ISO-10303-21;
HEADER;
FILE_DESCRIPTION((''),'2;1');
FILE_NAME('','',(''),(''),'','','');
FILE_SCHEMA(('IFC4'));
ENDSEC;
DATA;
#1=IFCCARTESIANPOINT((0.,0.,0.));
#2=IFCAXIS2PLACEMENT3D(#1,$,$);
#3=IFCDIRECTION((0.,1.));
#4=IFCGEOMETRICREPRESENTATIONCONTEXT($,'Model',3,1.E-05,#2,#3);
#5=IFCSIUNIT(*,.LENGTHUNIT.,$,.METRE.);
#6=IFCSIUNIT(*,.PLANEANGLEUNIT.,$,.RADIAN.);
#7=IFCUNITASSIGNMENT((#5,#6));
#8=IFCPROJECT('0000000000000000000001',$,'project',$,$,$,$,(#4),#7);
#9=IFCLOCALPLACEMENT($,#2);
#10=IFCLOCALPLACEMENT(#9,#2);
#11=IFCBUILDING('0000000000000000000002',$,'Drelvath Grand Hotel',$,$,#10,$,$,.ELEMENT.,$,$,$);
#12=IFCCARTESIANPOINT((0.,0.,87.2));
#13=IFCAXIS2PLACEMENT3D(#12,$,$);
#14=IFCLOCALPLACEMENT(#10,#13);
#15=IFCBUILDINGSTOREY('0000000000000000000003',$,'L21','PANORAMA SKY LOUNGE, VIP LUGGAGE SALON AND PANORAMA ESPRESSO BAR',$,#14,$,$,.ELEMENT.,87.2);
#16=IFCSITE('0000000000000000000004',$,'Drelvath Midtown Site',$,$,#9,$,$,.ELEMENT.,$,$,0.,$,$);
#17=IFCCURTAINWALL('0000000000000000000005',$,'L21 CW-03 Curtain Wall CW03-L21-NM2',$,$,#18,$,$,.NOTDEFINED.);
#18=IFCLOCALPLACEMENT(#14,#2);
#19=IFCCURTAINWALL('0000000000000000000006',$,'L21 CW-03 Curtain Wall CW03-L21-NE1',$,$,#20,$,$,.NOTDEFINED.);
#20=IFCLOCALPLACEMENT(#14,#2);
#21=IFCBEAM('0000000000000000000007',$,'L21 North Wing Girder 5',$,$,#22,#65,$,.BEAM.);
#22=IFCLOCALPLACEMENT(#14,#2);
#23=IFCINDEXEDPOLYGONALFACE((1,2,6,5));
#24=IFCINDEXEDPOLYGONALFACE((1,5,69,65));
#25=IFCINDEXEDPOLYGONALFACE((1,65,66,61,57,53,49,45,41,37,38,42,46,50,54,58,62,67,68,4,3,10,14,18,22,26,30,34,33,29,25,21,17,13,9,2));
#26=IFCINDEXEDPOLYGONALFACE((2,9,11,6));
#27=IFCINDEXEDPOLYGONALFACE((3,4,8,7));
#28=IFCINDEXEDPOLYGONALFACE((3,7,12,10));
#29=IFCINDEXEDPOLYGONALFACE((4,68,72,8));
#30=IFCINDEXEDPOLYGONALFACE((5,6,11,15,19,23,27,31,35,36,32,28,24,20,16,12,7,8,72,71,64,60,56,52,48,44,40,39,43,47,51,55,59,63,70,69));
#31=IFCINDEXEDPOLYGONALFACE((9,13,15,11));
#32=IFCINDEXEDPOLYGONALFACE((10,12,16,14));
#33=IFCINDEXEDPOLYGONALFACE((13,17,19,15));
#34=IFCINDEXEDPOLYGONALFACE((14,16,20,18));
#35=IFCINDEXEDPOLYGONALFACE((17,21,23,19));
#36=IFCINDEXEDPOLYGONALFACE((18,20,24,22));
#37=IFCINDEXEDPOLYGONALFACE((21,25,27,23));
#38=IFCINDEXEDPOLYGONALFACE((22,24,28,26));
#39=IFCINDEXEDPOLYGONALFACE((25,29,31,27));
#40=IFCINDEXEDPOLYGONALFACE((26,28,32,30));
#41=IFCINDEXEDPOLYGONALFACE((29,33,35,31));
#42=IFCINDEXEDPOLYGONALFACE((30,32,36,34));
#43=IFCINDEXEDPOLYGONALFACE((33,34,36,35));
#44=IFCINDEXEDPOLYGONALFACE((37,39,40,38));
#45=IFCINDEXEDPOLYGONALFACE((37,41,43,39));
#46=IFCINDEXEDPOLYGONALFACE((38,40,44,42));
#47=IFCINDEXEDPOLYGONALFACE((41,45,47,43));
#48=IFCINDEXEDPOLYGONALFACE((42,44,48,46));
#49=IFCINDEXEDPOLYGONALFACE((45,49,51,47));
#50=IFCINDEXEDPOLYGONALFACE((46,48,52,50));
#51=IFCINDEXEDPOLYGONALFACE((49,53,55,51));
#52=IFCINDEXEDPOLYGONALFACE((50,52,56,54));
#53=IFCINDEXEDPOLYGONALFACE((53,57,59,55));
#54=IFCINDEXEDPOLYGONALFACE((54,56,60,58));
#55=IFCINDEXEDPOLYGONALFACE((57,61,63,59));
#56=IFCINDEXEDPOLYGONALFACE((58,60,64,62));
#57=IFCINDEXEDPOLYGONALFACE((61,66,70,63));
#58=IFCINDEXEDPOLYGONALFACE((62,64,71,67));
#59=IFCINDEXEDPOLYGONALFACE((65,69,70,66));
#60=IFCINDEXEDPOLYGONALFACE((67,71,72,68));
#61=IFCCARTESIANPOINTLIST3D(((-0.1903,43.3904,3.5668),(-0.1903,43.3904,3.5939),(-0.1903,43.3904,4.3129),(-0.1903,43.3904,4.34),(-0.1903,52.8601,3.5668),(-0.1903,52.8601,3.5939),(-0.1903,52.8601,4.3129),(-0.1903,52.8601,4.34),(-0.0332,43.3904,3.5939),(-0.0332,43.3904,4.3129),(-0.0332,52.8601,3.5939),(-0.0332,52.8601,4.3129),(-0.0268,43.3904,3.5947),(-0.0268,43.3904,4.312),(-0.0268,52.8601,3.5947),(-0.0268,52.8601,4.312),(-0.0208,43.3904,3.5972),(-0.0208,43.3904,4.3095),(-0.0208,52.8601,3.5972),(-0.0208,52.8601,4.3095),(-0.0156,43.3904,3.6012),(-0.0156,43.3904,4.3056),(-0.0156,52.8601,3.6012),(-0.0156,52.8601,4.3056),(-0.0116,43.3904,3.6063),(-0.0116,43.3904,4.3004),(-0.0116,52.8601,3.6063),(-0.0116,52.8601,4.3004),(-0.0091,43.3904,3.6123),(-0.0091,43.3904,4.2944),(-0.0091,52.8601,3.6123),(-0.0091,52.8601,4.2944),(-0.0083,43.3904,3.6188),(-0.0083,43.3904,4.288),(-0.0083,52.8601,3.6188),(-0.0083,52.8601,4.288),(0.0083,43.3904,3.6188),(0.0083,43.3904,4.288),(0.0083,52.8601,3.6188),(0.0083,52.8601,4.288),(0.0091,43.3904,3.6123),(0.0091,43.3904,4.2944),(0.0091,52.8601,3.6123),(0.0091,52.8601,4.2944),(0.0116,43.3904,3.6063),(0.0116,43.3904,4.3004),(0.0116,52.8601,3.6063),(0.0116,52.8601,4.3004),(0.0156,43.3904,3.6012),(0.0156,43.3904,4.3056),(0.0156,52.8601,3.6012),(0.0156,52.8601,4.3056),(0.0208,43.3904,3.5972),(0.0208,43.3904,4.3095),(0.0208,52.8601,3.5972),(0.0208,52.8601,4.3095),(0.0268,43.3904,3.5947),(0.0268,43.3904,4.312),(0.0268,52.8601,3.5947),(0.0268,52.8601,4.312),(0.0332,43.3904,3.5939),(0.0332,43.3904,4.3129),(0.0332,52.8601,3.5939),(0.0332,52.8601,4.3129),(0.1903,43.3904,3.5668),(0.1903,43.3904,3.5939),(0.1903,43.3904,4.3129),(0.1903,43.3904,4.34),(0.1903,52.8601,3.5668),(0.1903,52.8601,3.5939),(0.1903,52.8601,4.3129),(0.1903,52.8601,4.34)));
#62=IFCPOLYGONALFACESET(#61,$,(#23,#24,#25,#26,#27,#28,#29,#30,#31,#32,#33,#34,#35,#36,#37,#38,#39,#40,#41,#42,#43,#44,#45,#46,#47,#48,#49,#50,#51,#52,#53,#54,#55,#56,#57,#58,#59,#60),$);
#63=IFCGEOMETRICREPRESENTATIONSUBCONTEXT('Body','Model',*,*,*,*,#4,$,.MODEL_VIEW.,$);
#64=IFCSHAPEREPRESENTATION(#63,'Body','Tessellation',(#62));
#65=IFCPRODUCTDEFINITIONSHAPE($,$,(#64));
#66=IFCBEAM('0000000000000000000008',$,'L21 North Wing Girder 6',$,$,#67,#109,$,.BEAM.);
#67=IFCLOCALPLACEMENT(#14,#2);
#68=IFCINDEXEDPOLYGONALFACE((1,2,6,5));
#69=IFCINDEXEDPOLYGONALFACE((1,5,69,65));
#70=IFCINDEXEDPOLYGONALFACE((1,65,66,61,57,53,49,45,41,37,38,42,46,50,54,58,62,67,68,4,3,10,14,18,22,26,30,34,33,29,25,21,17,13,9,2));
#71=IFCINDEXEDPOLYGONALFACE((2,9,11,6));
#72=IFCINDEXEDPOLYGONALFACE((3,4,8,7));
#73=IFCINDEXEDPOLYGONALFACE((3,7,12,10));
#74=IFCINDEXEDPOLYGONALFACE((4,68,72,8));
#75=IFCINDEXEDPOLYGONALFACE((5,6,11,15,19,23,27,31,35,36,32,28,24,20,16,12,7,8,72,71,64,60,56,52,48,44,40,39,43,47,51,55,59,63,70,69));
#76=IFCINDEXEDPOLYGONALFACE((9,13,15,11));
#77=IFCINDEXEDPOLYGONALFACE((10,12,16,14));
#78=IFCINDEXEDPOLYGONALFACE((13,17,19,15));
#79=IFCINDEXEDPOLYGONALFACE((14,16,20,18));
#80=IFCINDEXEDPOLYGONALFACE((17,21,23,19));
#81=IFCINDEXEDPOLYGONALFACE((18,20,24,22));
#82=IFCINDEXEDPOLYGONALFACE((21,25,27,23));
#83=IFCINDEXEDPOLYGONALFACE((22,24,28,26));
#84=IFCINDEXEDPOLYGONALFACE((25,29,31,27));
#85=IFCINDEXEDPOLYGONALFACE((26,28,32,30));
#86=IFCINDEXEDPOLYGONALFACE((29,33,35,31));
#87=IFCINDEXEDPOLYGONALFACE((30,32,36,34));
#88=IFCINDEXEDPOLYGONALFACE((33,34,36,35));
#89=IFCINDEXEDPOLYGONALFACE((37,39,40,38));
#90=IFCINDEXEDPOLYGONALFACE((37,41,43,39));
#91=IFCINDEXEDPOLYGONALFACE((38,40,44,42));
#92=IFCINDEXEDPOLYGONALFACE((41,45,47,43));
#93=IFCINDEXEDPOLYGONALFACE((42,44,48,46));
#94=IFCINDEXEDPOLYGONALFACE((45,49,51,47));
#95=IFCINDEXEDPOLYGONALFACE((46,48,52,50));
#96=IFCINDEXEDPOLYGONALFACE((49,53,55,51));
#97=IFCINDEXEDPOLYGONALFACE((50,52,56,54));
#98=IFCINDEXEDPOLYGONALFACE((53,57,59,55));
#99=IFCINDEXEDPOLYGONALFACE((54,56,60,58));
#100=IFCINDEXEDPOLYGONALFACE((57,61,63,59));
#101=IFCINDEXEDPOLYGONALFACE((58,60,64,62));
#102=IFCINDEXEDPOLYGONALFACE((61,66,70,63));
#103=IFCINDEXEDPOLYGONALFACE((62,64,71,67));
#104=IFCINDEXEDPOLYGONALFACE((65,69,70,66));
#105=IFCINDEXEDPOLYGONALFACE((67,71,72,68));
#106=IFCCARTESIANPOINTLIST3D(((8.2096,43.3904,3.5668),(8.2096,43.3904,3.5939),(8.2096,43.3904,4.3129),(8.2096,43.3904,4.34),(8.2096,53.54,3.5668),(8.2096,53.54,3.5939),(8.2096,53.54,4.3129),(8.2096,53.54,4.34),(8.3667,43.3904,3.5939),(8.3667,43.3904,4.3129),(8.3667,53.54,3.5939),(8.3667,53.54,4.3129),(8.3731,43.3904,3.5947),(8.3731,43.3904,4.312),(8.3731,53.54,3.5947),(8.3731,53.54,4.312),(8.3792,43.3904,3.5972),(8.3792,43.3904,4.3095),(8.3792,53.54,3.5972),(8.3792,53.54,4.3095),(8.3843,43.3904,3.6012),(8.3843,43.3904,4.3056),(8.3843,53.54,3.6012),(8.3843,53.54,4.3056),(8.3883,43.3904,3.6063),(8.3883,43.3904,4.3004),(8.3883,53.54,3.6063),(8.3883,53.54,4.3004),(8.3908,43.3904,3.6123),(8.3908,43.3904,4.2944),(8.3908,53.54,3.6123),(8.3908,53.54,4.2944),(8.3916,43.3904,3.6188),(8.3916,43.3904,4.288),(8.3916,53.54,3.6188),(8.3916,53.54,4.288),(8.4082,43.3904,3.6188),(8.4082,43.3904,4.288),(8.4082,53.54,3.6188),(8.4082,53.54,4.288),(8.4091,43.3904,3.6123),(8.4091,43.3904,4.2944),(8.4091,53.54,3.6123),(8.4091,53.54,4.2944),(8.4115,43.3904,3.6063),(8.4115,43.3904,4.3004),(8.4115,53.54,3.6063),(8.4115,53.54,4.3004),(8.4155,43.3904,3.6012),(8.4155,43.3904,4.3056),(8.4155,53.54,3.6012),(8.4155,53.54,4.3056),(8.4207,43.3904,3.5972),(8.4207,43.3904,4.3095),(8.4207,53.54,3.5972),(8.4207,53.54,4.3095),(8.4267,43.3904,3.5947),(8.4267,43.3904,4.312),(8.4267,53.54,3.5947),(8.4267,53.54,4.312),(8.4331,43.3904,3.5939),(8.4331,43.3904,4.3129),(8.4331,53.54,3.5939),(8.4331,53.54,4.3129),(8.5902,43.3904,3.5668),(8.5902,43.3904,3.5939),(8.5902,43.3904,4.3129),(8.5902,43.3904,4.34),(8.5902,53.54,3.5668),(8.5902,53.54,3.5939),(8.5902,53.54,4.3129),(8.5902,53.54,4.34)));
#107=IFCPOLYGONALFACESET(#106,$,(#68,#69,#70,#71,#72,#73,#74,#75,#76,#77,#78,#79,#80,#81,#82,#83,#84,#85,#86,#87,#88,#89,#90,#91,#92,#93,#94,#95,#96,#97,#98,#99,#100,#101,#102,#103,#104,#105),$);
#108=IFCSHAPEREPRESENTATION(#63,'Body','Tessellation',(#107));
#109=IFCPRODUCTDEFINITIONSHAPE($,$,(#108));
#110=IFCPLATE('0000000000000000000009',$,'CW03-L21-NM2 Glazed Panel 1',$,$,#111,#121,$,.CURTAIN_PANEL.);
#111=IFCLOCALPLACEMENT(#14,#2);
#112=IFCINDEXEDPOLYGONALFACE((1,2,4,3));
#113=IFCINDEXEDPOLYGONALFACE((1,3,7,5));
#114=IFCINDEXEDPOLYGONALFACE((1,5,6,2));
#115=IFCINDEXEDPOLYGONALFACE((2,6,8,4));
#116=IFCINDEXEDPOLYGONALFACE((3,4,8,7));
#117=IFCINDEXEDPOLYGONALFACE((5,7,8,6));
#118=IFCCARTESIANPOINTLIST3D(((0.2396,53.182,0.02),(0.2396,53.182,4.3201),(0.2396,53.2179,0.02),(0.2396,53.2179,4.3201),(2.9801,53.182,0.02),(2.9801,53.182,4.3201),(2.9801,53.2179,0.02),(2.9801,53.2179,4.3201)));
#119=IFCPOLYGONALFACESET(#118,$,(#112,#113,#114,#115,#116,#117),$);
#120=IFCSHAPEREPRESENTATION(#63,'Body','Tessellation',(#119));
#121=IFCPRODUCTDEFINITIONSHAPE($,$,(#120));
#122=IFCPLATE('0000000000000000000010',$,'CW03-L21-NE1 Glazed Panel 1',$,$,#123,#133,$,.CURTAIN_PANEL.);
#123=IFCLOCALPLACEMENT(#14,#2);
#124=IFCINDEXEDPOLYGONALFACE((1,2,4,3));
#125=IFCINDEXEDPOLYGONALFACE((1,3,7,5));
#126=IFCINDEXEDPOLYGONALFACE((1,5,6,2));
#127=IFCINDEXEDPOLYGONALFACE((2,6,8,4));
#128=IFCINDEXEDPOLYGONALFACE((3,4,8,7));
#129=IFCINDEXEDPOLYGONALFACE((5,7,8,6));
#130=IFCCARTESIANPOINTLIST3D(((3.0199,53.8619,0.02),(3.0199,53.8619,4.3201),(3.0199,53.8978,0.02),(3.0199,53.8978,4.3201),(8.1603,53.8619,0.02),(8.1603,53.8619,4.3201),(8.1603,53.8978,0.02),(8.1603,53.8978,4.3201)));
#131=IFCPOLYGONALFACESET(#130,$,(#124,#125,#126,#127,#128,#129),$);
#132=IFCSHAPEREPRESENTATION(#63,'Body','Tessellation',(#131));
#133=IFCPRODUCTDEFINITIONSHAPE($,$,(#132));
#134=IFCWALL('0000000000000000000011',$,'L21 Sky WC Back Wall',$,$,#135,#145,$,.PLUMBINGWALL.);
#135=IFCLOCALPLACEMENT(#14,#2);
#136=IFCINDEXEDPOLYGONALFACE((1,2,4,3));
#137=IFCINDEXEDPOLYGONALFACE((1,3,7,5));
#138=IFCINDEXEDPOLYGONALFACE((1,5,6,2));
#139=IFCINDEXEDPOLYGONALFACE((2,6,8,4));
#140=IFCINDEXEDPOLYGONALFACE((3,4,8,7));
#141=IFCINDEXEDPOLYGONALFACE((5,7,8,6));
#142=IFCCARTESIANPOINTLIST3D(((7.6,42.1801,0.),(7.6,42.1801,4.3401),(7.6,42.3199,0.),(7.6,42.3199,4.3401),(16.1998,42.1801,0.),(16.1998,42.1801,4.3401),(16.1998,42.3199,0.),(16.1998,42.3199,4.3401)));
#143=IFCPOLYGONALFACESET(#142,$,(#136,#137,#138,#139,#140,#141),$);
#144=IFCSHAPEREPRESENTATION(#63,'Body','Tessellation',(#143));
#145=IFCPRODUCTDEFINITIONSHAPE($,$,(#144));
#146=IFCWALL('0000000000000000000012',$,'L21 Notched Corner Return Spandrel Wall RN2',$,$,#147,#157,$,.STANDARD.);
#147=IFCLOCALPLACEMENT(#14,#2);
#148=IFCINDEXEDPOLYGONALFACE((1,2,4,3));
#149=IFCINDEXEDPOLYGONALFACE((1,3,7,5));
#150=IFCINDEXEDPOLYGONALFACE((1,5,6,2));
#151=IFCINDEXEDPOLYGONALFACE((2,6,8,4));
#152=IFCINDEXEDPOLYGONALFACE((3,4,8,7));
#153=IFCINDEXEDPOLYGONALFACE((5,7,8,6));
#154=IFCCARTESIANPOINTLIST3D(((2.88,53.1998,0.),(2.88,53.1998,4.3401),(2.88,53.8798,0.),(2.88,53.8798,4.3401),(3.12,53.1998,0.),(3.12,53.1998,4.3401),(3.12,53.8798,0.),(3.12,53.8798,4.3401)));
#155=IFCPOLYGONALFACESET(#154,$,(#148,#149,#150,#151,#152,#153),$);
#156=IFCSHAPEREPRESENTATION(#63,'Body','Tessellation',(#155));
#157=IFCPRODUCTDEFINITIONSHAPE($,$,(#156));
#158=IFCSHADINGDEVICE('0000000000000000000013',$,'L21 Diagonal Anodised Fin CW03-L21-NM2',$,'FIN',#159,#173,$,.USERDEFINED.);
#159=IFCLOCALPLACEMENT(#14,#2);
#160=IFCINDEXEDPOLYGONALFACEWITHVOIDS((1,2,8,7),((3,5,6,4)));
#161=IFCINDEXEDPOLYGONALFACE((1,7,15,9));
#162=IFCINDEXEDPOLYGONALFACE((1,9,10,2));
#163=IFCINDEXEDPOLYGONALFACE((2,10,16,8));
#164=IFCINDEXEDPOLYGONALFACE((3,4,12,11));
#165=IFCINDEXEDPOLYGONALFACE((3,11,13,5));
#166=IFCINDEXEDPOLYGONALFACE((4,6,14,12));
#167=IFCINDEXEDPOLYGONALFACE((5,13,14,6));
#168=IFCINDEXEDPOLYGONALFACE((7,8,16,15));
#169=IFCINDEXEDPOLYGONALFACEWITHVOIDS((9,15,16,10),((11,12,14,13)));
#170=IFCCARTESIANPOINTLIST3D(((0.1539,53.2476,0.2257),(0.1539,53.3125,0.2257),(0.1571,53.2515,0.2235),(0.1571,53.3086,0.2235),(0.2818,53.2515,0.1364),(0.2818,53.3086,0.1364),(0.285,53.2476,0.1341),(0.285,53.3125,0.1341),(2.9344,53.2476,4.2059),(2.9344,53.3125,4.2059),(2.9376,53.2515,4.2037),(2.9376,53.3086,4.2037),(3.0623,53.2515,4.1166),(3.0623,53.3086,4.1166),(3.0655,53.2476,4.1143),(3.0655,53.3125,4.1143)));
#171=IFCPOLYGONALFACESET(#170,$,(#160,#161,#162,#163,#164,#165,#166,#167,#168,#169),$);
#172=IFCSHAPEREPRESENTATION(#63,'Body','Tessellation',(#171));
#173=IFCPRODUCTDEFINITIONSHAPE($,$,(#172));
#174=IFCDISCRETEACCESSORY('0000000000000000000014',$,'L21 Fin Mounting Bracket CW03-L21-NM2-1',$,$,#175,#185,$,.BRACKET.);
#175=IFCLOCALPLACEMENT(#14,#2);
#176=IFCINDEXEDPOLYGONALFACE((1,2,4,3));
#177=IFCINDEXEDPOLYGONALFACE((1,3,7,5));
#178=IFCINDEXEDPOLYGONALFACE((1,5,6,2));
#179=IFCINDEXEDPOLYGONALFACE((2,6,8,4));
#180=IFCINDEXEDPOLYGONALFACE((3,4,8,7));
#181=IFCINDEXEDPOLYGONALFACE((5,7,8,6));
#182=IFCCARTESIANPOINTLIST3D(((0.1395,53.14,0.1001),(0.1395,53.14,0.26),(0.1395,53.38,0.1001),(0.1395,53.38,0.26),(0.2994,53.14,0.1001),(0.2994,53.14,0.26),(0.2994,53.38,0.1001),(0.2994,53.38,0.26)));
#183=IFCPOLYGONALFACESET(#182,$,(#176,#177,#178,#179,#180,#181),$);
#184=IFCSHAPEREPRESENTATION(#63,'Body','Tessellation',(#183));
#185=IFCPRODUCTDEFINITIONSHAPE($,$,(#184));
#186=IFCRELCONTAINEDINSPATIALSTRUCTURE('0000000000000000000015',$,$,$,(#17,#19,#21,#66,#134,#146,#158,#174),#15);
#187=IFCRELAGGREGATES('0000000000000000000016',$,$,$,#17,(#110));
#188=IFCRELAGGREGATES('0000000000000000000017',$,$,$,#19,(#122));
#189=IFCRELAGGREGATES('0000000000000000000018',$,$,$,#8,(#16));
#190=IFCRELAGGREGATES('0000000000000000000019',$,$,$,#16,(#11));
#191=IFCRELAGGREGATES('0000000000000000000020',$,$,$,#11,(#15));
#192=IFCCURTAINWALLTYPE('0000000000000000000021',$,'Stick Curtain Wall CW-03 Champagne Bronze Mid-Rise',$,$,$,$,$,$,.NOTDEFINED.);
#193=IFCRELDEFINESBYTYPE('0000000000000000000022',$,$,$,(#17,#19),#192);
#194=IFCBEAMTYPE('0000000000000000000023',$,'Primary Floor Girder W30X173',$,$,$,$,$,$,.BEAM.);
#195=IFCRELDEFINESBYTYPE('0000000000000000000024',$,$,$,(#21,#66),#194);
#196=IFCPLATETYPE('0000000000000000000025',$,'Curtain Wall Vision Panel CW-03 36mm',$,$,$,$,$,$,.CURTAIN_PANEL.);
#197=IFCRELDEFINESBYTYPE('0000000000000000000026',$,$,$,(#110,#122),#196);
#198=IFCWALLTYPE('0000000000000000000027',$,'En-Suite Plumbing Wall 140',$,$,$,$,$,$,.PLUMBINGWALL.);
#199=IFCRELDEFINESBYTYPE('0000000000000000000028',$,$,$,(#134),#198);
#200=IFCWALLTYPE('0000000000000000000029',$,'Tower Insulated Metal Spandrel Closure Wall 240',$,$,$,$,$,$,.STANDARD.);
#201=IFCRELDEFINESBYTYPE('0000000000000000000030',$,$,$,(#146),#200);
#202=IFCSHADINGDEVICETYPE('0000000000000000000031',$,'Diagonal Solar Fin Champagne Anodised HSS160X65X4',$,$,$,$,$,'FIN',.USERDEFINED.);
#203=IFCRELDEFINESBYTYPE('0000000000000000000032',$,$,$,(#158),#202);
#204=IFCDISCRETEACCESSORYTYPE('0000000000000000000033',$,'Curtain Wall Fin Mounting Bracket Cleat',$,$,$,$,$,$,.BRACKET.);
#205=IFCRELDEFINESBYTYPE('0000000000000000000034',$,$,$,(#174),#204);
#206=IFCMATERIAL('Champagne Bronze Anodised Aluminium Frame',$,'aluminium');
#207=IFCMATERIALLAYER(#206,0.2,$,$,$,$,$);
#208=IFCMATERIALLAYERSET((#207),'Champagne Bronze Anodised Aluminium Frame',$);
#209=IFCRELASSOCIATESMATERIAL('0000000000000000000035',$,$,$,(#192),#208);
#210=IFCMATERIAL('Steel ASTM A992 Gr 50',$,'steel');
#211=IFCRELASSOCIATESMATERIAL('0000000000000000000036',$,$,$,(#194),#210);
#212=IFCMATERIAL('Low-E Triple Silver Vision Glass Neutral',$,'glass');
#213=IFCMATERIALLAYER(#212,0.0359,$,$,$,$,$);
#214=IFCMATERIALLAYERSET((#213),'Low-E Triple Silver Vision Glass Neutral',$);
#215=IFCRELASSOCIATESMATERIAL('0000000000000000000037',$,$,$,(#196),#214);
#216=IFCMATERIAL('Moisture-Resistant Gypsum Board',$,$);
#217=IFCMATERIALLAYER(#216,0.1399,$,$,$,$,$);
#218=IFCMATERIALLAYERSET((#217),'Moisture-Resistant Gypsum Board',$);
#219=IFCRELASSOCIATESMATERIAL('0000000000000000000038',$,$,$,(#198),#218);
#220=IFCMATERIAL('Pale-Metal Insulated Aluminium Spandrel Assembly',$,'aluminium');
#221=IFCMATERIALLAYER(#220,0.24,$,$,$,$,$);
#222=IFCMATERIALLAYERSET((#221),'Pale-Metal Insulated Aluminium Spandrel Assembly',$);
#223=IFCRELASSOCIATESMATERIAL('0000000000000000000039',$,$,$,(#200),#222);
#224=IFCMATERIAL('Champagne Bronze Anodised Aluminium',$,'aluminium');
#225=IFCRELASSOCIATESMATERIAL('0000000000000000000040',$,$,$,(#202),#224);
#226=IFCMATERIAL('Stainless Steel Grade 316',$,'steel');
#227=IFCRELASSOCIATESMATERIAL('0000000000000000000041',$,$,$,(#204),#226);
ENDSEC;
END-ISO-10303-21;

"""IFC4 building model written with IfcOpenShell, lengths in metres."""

from ifc_helpers import new_model, si_unit, direction, frame, frame_2d, origin, origin_2d, place, context, subcontext, project, spatial, rectangle, hollow_rectangle, i_section, extrude, material, layer, layer_set, material_profile, profile_set, type_object, element, aggregate, save


model = new_model("IFC4")

# Units and contexts
model_context = context("Model", 3, precision=1e-05, world=origin(), true_north=direction((0.0, 1.0)))
body_context = subcontext(model_context, "Body", "Model", "MODEL_VIEW")
ifc_project = project(units=[si_unit("LENGTHUNIT", "METRE"), si_unit("PLANEANGLEUNIT", "RADIAN")], contexts=[model_context])

# Site, building, storey
site_placement = place(None, origin())
site = spatial("IfcSite", under=ifc_project, at=site_placement, Name="Drelvath Midtown Site", CompositionType="ELEMENT", RefElevation=0.0)
building_placement = place(site_placement, origin())
building = spatial("IfcBuilding", under=site, at=building_placement, Name="Drelvath Grand Hotel", CompositionType="ELEMENT")
storey_placement = place(building_placement, frame((0.0, 0.0, 87.2)))
storey = spatial("IfcBuildingStorey", under=building, at=storey_placement, Name="L21", Description="PANORAMA SKY LOUNGE, VIP LUGGAGE SALON AND PANORAMA ESPRESSO BAR", CompositionType="ELEMENT", Elevation=87.2)

# Curtain walls
ifc_material_1 = material(Name="Champagne Bronze Anodised Aluminium Frame", Category="aluminium")
ifc_layer_1 = layer(ifc_material_1, 0.2)
ifc_layer_set_1 = layer_set([ifc_layer_1], Name="Champagne Bronze Anodised Aluminium Frame")
curtain_wall_type = type_object("IfcCurtainWallType", Name="Stick Curtain Wall CW-03 Champagne Bronze Mid-Rise", PredefinedType="NOTDEFINED", material=ifc_layer_set_1)
curtain_wall_1_placement = place(storey_placement, origin())
curtain_wall_1 = element("IfcCurtainWall", 1, at=curtain_wall_1_placement, inside=storey, type_object=curtain_wall_type, Name="L21 CW-03 Curtain Wall CW03-L21-NM2", PredefinedType="NOTDEFINED")
curtain_wall_2_placement = place(storey_placement, origin())
curtain_wall_2 = element("IfcCurtainWall", 2, at=curtain_wall_2_placement, inside=storey, type_object=curtain_wall_type, Name="L21 CW-03 Curtain Wall CW03-L21-NE1", PredefinedType="NOTDEFINED")

# Beams
ifc_material_2 = material(Name="Steel ASTM A992 Gr 50", Category="steel")
ifc_material_profile_1 = material_profile(ifc_material_2, i_section(OverallWidth=0.3806, OverallDepth=0.7732, WebThickness=0.0166, FlangeThickness=0.0271, FilletRadius=0.0249, at=origin_2d()), Name="W30X173")
ifc_profile_set_1 = profile_set([ifc_material_profile_1], Name="Steel ASTM A992 Gr 50")
beam_type_1 = type_object("IfcBeamType", Name="Primary Floor Girder W30X173", PredefinedType="BEAM", material=ifc_profile_set_1)
beam_1_placement = place(storey_placement, frame((0.0, 43.3904, 3.9534), z_axis=(0.0, 1.0, 0.0), x_axis=(-1.0, 0.0, 0.0)))
element("IfcBeam", 3, at=beam_1_placement, inside=storey, type_object=beam_type_1, Name="L21 North Wing Girder 5", PredefinedType="BEAM", context=body_context, shape_type="SweptSolid", body=[
    extrude(i_section(OverallWidth=0.3806, OverallDepth=0.7732, WebThickness=0.0166, FlangeThickness=0.0271, FilletRadius=0.0249, at=origin_2d()), origin(), (0.0, 0.0, 1.0), 9.4697),
])
beam_2_placement = place(storey_placement, frame((8.3999, 43.3904, 3.9534), z_axis=(0.0, 1.0, 0.0), x_axis=(-1.0, 0.0, 0.0)))
element("IfcBeam", 4, at=beam_2_placement, inside=storey, type_object=beam_type_1, Name="L21 North Wing Girder 6", PredefinedType="BEAM", context=body_context, shape_type="SweptSolid", body=[
    extrude(i_section(OverallWidth=0.3806, OverallDepth=0.7732, WebThickness=0.0166, FlangeThickness=0.0271, FilletRadius=0.0249, at=origin_2d()), origin(), (0.0, 0.0, 1.0), 10.1497),
])

# Plates
ifc_material_3 = material(Name="Low-E Triple Silver Vision Glass Neutral", Category="glass")
ifc_layer_2 = layer(ifc_material_3, 0.0359)
ifc_layer_set_2 = layer_set([ifc_layer_2], Name="Low-E Triple Silver Vision Glass Neutral")
plate_type = type_object("IfcPlateType", Name="Curtain Wall Vision Panel CW-03 36mm", PredefinedType="CURTAIN_PANEL", material=ifc_layer_set_2)
plate_1_placement = place(storey_placement, frame((1.6099, 53.2, 0.02), z_axis=(0.0, 0.0, 1.0), x_axis=(1.0, 0.0, 0.0)))
plate_1 = element("IfcPlate", 5, at=plate_1_placement, type_object=plate_type, Name="CW03-L21-NM2 Glazed Panel 1", PredefinedType="CURTAIN_PANEL", context=body_context, shape_type="SweptSolid", body=[
    extrude(rectangle(XDim=2.7405, YDim=0.0359, at=origin_2d()), origin(), (0.0, 0.0, 1.0), 4.3),
])
aggregate(curtain_wall_1, [plate_1])
plate_2_placement = place(storey_placement, frame((5.5901, 53.8799, 0.02), z_axis=(0.0, 0.0, 1.0), x_axis=(1.0, 0.0, 0.0)))
plate_2 = element("IfcPlate", 6, at=plate_2_placement, type_object=plate_type, Name="CW03-L21-NE1 Glazed Panel 1", PredefinedType="CURTAIN_PANEL", context=body_context, shape_type="SweptSolid", body=[
    extrude(rectangle(XDim=5.1404, YDim=0.0359, at=origin_2d()), origin(), (0.0, 0.0, 1.0), 4.3),
])
aggregate(curtain_wall_2, [plate_2])

# Walls
ifc_material_4 = material(Name="Moisture-Resistant Gypsum Board")
ifc_layer_3 = layer(ifc_material_4, 0.1399)
ifc_layer_set_3 = layer_set([ifc_layer_3], Name="Moisture-Resistant Gypsum Board")
wall_type_1 = type_object("IfcWallType", Name="En-Suite Plumbing Wall 140", PredefinedType="PLUMBINGWALL", material=ifc_layer_set_3)
wall_1_placement = place(storey_placement, frame((7.6001, 42.25, 0.0), z_axis=(0.0, 0.0, 1.0), x_axis=(1.0, 0.0, 0.0)))
element("IfcWall", 7, at=wall_1_placement, inside=storey, type_object=wall_type_1, Name="L21 Sky WC Back Wall", PredefinedType="PLUMBINGWALL", context=body_context, shape_type="SweptSolid", body=[
    extrude(rectangle(XDim=8.5999, YDim=0.1399, at=frame_2d((4.2998, 0.0))), origin(), (0.0, 0.0, 1.0), 4.3401),
])
ifc_material_5 = material(Name="Pale-Metal Insulated Aluminium Spandrel Assembly", Category="aluminium")
ifc_layer_4 = layer(ifc_material_5, 0.24)
ifc_layer_set_4 = layer_set([ifc_layer_4], Name="Pale-Metal Insulated Aluminium Spandrel Assembly")
wall_type_2 = type_object("IfcWallType", Name="Tower Insulated Metal Spandrel Closure Wall 240", PredefinedType="STANDARD", material=ifc_layer_set_4)
wall_2_placement = place(storey_placement, frame((3.0, 53.2, 0.0), z_axis=(0.0, 0.0, 1.0), x_axis=(0.0, 1.0, 0.0)))
element("IfcWall", 8, at=wall_2_placement, inside=storey, type_object=wall_type_2, Name="L21 Notched Corner Return Spandrel Wall RN2", PredefinedType="STANDARD", context=body_context, shape_type="SweptSolid", body=[
    extrude(rectangle(XDim=0.6799, YDim=0.24, at=frame_2d((0.3398, 0.0))), origin(), (0.0, 0.0, 1.0), 4.3401),
])

# Shading device
ifc_material_6 = material(Name="Champagne Bronze Anodised Aluminium", Category="aluminium")
ifc_material_profile_2 = material_profile(ifc_material_6, hollow_rectangle(XDim=0.0649, YDim=0.1599, WallThickness=0.0039, at=origin_2d()), Name="HSS160X65X4")
ifc_profile_set_2 = profile_set([ifc_material_profile_2], Name="Champagne Bronze Anodised Aluminium")
shading_device_type = type_object("IfcShadingDeviceType", Name="Diagonal Solar Fin Champagne Anodised HSS160X65X4", ElementType="FIN", PredefinedType="USERDEFINED", material=ifc_profile_set_2)
shading_device_placement = place(storey_placement, frame((0.2195, 53.28, 0.1799), z_axis=(0.572683, 0.0, 0.819777), x_axis=(0.0, 1.0, 0.0)))
element("IfcShadingDevice", 9, at=shading_device_placement, inside=storey, type_object=shading_device_type, Name="L21 Diagonal Anodised Fin CW03-L21-NM2", ObjectType="FIN", PredefinedType="USERDEFINED", context=body_context, shape_type="SweptSolid", body=[
    extrude(hollow_rectangle(XDim=0.0649, YDim=0.1599, WallThickness=0.0039, at=origin_2d()), origin(), (0.0, 0.0, 1.0), 4.8552),
])

# Discrete accessory
ifc_material_7 = material(Name="Stainless Steel Grade 316", Category="steel")
discrete_accessory_type = type_object("IfcDiscreteAccessoryType", Name="Curtain Wall Fin Mounting Bracket Cleat", PredefinedType="BRACKET", material=ifc_material_7)
discrete_accessory_placement = place(storey_placement, frame((0.2195, 53.26, 0.1001), z_axis=(0.0, 0.0, 1.0), x_axis=(1.0, 0.0, 0.0)))
element("IfcDiscreteAccessory", 10, at=discrete_accessory_placement, inside=storey, type_object=discrete_accessory_type, Name="L21 Fin Mounting Bracket CW03-L21-NM2-1", PredefinedType="BRACKET", context=body_context, shape_type="SweptSolid", body=[
    extrude(rectangle(XDim=0.1599, YDim=0.24, at=origin_2d()), origin(), (0.0, 0.0, 1.0), 0.1599),
])

save(model, "model.ifc")
